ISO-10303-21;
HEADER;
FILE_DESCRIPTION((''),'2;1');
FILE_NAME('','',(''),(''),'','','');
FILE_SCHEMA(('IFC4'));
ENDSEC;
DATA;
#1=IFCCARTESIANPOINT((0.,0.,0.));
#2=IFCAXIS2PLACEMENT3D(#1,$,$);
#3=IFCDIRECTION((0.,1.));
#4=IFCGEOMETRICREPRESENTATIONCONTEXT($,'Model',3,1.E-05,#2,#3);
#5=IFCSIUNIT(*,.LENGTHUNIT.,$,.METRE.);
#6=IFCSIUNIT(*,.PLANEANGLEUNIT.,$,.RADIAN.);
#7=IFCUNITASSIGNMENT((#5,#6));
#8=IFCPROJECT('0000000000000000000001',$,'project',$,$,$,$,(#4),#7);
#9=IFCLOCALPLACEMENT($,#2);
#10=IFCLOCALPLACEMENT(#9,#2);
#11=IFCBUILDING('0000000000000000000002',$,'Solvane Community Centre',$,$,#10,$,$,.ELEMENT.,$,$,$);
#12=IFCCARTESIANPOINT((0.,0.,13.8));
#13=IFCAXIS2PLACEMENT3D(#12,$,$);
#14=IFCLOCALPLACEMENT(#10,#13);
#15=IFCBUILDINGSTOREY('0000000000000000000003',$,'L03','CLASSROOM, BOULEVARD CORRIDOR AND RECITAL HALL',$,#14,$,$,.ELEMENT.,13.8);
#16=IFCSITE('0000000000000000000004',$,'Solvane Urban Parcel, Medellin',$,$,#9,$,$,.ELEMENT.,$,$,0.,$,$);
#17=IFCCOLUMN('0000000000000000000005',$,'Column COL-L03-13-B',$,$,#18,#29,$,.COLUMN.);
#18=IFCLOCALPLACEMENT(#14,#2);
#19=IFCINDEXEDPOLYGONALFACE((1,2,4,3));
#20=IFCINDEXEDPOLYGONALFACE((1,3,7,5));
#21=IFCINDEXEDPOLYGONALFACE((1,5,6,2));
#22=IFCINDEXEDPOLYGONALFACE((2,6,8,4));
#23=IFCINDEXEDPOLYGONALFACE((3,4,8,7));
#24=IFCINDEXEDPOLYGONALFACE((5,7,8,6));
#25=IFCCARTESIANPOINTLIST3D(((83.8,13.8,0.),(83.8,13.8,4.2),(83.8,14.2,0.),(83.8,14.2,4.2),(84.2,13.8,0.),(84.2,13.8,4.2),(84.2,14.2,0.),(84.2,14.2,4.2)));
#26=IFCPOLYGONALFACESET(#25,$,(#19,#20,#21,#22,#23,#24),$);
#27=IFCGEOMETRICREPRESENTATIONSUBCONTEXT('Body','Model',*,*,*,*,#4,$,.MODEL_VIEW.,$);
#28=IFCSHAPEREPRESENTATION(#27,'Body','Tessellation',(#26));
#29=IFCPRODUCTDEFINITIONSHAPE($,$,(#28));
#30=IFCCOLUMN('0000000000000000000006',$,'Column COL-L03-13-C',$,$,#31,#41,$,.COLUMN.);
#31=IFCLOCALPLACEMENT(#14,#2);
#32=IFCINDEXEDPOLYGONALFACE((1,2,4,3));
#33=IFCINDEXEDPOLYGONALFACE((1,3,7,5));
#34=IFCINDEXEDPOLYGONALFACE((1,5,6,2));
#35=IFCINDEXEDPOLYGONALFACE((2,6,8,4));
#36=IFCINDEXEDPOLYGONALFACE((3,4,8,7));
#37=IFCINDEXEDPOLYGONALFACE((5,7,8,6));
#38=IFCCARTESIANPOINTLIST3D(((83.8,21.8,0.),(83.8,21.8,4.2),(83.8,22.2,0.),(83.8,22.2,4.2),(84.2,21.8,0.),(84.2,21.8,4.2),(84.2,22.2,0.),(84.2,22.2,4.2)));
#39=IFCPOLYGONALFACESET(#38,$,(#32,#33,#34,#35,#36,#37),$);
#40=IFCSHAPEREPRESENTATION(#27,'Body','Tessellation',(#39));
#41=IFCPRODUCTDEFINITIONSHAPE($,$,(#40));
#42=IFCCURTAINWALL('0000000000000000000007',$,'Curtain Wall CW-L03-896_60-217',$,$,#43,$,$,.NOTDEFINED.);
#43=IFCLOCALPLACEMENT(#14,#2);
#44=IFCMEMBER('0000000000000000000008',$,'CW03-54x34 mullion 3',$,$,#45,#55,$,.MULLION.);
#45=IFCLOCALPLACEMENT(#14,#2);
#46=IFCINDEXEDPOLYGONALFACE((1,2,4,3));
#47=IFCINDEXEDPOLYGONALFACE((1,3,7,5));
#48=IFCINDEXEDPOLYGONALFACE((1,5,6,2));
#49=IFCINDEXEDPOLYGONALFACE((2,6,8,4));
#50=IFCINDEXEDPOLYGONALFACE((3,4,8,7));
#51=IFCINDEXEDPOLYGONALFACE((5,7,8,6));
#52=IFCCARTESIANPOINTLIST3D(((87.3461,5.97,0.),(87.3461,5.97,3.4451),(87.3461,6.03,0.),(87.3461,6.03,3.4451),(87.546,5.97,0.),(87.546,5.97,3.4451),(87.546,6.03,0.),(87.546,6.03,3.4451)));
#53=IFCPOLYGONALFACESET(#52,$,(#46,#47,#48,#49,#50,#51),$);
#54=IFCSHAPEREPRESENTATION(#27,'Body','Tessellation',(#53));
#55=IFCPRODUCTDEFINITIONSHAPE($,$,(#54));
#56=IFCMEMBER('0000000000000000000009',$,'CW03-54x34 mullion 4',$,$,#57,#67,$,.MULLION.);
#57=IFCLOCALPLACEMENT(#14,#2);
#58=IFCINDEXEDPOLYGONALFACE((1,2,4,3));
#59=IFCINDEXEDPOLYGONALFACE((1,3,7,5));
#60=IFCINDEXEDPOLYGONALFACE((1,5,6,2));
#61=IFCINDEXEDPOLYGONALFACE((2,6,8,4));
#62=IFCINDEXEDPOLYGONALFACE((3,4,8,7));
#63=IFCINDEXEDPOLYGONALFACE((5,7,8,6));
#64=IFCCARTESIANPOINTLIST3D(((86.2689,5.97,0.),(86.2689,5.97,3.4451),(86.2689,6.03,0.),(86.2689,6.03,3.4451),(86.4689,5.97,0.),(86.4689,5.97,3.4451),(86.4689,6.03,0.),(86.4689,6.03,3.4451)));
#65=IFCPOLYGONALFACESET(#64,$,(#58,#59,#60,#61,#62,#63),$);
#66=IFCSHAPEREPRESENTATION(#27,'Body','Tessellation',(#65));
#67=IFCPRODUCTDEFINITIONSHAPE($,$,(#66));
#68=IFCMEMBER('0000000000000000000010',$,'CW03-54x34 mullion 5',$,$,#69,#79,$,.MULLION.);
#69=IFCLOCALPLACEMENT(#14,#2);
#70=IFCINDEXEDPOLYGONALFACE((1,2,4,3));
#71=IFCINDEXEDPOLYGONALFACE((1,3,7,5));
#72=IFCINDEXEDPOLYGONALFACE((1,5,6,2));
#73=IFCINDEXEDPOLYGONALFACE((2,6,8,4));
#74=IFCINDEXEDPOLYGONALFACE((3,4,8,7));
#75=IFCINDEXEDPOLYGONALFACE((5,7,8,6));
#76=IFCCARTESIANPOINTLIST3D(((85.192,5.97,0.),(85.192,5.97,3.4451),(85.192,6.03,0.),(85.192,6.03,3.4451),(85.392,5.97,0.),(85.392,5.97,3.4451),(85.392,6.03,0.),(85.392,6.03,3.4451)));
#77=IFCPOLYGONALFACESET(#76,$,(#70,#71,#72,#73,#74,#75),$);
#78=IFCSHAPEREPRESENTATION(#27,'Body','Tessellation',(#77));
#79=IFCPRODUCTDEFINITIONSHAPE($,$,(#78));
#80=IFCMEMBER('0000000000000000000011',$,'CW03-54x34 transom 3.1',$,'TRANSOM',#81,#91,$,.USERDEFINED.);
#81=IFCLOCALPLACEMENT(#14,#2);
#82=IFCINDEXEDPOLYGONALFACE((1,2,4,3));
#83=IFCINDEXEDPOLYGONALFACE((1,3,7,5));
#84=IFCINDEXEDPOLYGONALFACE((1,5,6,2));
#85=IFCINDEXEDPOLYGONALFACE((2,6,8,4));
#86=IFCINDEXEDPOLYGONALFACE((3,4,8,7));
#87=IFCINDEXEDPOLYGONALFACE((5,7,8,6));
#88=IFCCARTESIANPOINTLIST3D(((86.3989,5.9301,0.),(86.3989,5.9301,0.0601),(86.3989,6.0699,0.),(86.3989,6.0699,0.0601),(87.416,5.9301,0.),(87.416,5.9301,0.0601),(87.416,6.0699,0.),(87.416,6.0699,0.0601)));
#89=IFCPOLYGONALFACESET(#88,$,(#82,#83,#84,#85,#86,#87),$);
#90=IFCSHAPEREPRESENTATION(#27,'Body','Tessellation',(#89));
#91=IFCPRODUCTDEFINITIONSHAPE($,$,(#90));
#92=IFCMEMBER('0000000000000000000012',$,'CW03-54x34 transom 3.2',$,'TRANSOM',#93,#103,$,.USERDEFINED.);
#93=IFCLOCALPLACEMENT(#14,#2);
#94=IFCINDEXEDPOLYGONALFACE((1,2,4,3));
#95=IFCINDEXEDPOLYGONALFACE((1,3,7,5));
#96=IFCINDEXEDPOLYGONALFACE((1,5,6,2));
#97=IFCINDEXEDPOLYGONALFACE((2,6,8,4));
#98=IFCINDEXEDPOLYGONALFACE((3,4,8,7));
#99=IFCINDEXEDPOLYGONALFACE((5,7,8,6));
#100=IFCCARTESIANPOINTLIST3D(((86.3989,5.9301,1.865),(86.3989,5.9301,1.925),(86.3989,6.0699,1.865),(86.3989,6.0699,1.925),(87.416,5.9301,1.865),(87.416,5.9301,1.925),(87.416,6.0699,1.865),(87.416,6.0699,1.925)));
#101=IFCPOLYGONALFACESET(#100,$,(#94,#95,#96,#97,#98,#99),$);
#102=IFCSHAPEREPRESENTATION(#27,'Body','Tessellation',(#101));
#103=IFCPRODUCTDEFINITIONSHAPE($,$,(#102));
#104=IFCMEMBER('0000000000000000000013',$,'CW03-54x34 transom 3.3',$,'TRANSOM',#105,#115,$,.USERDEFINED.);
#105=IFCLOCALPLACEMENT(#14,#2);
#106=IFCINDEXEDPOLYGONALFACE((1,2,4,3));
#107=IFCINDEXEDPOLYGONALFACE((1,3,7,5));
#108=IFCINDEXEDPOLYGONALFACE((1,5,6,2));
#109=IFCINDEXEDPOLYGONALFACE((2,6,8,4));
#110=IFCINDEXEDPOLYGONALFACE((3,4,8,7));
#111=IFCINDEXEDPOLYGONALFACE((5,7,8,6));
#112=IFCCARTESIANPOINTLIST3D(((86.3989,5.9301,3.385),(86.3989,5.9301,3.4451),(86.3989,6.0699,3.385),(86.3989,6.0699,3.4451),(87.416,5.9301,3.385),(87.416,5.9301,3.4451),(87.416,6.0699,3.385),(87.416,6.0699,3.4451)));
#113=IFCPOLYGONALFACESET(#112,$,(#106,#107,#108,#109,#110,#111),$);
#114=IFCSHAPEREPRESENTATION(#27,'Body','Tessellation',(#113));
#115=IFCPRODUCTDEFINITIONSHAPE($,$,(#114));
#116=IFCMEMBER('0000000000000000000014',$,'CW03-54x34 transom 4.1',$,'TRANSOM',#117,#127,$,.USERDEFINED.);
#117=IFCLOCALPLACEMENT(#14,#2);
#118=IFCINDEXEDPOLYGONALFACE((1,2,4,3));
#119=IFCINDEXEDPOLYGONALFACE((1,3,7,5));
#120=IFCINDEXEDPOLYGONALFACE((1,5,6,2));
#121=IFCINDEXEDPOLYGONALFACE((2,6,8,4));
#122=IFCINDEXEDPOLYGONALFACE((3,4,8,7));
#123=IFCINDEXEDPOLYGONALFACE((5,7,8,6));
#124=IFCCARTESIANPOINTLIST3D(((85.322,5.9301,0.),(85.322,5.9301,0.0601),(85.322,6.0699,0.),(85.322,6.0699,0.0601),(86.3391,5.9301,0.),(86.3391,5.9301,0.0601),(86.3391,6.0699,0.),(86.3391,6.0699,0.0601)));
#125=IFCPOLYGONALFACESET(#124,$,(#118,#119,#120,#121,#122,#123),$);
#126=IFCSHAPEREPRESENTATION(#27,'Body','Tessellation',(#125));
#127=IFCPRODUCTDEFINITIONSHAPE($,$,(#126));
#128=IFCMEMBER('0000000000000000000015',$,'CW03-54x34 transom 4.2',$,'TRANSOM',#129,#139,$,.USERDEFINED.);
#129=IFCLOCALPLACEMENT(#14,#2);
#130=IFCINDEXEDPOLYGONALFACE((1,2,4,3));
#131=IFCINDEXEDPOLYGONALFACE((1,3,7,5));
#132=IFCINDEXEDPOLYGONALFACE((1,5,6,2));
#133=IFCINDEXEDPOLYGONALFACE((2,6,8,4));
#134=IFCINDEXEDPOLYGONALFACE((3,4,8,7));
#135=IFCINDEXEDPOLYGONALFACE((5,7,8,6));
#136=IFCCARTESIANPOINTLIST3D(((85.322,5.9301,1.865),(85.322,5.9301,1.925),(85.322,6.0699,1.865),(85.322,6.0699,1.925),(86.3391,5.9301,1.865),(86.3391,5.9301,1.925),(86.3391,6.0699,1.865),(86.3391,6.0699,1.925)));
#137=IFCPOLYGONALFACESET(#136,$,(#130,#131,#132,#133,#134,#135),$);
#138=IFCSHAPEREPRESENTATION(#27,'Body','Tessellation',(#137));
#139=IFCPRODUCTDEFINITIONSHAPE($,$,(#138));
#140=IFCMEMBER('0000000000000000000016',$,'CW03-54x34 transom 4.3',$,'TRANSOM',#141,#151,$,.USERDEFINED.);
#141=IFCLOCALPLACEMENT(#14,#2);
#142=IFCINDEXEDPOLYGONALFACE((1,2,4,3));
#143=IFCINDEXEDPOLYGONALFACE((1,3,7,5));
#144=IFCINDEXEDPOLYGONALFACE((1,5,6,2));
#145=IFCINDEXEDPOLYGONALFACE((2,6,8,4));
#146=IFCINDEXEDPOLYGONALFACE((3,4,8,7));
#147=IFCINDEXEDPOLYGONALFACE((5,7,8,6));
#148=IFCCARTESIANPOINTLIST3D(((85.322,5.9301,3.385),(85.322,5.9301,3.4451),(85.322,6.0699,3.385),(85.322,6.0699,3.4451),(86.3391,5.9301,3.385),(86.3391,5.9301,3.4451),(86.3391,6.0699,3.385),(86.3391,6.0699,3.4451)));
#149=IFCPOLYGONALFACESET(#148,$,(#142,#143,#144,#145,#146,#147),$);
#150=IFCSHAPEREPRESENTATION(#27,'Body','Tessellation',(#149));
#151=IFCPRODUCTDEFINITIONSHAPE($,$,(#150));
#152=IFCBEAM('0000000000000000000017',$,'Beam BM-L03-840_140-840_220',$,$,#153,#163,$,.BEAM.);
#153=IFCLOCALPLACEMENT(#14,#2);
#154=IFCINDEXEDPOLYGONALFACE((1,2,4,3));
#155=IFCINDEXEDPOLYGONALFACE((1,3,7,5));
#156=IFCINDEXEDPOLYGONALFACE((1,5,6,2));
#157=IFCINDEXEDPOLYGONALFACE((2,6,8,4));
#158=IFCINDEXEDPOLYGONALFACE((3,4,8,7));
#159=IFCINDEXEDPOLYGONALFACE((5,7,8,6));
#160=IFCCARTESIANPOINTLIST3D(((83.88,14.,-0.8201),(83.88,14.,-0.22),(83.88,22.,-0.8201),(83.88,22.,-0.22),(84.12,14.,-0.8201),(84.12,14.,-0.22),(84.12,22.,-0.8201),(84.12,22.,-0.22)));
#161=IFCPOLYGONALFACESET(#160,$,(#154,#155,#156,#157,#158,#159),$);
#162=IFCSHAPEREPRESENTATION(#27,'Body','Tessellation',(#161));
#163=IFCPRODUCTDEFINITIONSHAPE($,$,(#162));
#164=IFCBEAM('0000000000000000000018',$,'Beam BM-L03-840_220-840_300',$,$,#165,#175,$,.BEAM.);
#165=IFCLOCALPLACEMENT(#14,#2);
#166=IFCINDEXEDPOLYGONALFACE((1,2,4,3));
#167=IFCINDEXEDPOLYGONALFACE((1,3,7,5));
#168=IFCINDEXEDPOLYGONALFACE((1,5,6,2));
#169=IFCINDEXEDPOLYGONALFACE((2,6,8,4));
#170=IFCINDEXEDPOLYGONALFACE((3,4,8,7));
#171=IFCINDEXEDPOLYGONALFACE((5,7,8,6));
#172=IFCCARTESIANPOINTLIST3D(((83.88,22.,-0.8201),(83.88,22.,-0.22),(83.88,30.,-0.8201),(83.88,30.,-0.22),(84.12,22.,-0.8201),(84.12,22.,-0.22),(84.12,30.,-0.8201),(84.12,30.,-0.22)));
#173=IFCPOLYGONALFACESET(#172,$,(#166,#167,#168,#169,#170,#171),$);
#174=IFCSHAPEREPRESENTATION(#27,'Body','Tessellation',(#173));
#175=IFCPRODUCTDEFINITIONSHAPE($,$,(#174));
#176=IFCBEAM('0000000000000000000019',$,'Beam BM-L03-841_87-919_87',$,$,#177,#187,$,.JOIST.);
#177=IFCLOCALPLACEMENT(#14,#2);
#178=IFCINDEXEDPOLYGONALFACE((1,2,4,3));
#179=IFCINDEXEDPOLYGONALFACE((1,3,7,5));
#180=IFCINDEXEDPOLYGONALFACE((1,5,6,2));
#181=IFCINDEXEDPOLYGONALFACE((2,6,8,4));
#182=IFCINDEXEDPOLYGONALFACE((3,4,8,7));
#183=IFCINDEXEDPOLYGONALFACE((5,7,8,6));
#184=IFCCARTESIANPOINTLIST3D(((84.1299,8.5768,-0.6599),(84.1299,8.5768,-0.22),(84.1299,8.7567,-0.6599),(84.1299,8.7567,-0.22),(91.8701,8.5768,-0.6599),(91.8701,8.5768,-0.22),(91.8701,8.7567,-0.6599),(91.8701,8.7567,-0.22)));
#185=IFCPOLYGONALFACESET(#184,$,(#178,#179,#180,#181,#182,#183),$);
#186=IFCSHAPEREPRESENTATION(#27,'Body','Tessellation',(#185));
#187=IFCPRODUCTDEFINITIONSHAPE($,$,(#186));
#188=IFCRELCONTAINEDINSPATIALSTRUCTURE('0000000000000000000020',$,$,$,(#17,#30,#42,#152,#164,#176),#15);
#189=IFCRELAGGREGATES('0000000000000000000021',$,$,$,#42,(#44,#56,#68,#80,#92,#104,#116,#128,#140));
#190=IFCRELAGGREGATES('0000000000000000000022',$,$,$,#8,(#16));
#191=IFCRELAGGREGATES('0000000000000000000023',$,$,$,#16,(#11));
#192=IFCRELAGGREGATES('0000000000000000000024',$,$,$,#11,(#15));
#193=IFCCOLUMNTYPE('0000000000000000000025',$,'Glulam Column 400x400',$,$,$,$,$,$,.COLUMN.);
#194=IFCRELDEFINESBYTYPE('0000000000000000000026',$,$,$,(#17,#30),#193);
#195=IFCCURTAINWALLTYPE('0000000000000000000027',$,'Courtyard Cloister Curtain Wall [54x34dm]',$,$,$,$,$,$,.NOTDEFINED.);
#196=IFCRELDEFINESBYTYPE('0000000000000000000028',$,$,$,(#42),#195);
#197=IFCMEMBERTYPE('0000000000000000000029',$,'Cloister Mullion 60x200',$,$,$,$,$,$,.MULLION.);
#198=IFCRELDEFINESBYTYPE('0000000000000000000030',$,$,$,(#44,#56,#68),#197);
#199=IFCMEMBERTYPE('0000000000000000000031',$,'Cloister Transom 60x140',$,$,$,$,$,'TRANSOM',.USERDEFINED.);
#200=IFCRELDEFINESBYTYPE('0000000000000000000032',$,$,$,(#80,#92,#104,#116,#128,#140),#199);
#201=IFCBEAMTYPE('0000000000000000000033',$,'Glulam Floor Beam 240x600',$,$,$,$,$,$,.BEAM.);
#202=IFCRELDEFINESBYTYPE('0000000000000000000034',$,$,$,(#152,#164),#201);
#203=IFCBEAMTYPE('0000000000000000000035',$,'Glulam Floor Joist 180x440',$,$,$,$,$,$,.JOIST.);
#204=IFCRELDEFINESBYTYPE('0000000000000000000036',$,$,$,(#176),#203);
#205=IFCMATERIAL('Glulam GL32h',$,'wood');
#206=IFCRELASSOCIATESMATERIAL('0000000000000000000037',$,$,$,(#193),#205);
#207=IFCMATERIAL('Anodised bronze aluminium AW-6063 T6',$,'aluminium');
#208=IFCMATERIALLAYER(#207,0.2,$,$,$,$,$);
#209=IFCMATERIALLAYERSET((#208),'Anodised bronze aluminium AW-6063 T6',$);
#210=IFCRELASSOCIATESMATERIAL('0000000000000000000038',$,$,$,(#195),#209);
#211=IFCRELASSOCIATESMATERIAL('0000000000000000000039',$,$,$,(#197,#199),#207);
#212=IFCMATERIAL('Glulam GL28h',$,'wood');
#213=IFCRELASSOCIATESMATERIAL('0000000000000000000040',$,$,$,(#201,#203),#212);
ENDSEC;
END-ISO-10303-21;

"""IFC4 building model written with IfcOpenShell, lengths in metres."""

from ifc_helpers import new_model, si_unit, direction, frame, origin, origin_2d, place, context, subcontext, project, spatial, rectangle, extrude, material, layer, layer_set, material_profile, profile_set, type_object, element, aggregate, save


model = new_model("IFC4")

# Units and contexts
model_context = context("Model", 3, precision=1e-05, world=origin(), true_north=direction((0.0, 1.0)))
body_context = subcontext(model_context, "Body", "Model", "MODEL_VIEW")
ifc_project = project(units=[si_unit("LENGTHUNIT", "METRE"), si_unit("PLANEANGLEUNIT", "RADIAN")], contexts=[model_context])

# Site, building, storey
site_placement = place(None, origin())
site = spatial("IfcSite", under=ifc_project, at=site_placement, Name="Solvane Urban Parcel, Medellin", CompositionType="ELEMENT", RefElevation=0.0)
building_placement = place(site_placement, origin())
building = spatial("IfcBuilding", under=site, at=building_placement, Name="Solvane Community Centre", CompositionType="ELEMENT")
storey_placement = place(building_placement, frame((0.0, 0.0, 13.8)))
storey = spatial("IfcBuildingStorey", under=building, at=storey_placement, Name="L03", Description="CLASSROOM, BOULEVARD CORRIDOR AND RECITAL HALL", CompositionType="ELEMENT", Elevation=13.8)

# Columns
ifc_material_1 = material(Name="Glulam GL32h", Category="wood")
ifc_material_profile_1 = material_profile(ifc_material_1, rectangle(XDim=0.3999, YDim=0.3999, at=origin_2d()), Name="GL32h 400x400")
ifc_profile_set_1 = profile_set([ifc_material_profile_1], Name="Glulam GL32h")
column_type = type_object("IfcColumnType", Name="Glulam Column 400x400", PredefinedType="COLUMN", material=ifc_profile_set_1)
for number, where, z_axis, x_axis, name in (
    (1, (84.0, 14.0, 0.0), (0.0, 0.0, 1.0), (1.0, 0.0, 0.0), "Column COL-L03-13-B"),
    (2, (84.0, 22.0, 0.0), (0.0, 0.0, 1.0), (1.0, 0.0, 0.0), "Column COL-L03-13-C"),
):
    element("IfcColumn", number, at=place(storey_placement, frame(where, z_axis=z_axis, x_axis=x_axis)), inside=storey, type_object=column_type, Name=name, PredefinedType="COLUMN", context=body_context, shape_type="SweptSolid", body=[
        extrude(rectangle(XDim=0.3999, YDim=0.3999, at=origin_2d()), origin(), (0.0, 0.0, 1.0), 4.2),
    ])

# Curtain wall, members
ifc_material_2 = material(Name="Anodised bronze aluminium AW-6063 T6", Category="aluminium")
ifc_layer_1 = layer(ifc_material_2, 0.2)
ifc_layer_set_1 = layer_set([ifc_layer_1], Name="Anodised bronze aluminium AW-6063 T6")
curtain_wall_type = type_object("IfcCurtainWallType", Name="Courtyard Cloister Curtain Wall [54x34dm]", PredefinedType="NOTDEFINED", material=ifc_layer_set_1)
curtain_wall_placement = place(storey_placement, origin())
curtain_wall = element("IfcCurtainWall", 3, at=curtain_wall_placement, inside=storey, type_object=curtain_wall_type, Name="Curtain Wall CW-L03-896_60-217", PredefinedType="NOTDEFINED")
ifc_material_profile_2 = material_profile(ifc_material_2, rectangle(XDim=0.0601, YDim=0.2, at=origin_2d()), Name="CW-M 60x200")
ifc_profile_set_2 = profile_set([ifc_material_profile_2], Name="Anodised bronze aluminium AW-6063 T6")
member_type_1 = type_object("IfcMemberType", Name="Cloister Mullion 60x200", PredefinedType="MULLION", material=ifc_profile_set_2)
member_1_placement = place(storey_placement, frame((87.446, 6.0, 0.0), z_axis=(0.0, 0.0, 1.0), x_axis=(0.0, -1.0, 0.0)))
member_1 = element("IfcMember", 4, at=member_1_placement, type_object=member_type_1, Name="CW03-54x34 mullion 3", PredefinedType="MULLION", context=body_context, shape_type="SweptSolid", body=[
    extrude(rectangle(XDim=0.0601, YDim=0.2, at=origin_2d()), origin(), (0.0, 0.0, 1.0), 3.4451),
])
member_2_placement = place(storey_placement, frame((86.3689, 6.0, 0.0), z_axis=(0.0, 0.0, 1.0), x_axis=(0.0, -1.0, 0.0)))
member_2 = element("IfcMember", 5, at=member_2_placement, type_object=member_type_1, Name="CW03-54x34 mullion 4", PredefinedType="MULLION", context=body_context, shape_type="SweptSolid", body=[
    extrude(rectangle(XDim=0.0601, YDim=0.2, at=origin_2d()), origin(), (0.0, 0.0, 1.0), 3.4451),
])
member_3_placement = place(storey_placement, frame((85.292, 6.0, 0.0), z_axis=(0.0, 0.0, 1.0), x_axis=(0.0, -1.0, 0.0)))
member_3 = element("IfcMember", 6, at=member_3_placement, type_object=member_type_1, Name="CW03-54x34 mullion 5", PredefinedType="MULLION", context=body_context, shape_type="SweptSolid", body=[
    extrude(rectangle(XDim=0.0601, YDim=0.2, at=origin_2d()), origin(), (0.0, 0.0, 1.0), 3.4451),
])
ifc_material_profile_3 = material_profile(ifc_material_2, rectangle(XDim=0.1399, YDim=0.0601, at=origin_2d()), Name="CW-T 60x140")
ifc_profile_set_3 = profile_set([ifc_material_profile_3], Name="Anodised bronze aluminium AW-6063 T6")
member_type_2 = type_object("IfcMemberType", Name="Cloister Transom 60x140", ElementType="TRANSOM", PredefinedType="USERDEFINED", material=ifc_profile_set_3)
member_4_placement = place(storey_placement, frame((87.416, 6.0, 0.03), z_axis=(-1.0, 0.0, 0.0), x_axis=(0.0, -1.0, 0.0)))
member_4 = element("IfcMember", 7, at=member_4_placement, type_object=member_type_2, Name="CW03-54x34 transom 3.1", ObjectType="TRANSOM", PredefinedType="USERDEFINED", context=body_context, shape_type="SweptSolid", body=[
    extrude(rectangle(XDim=0.1399, YDim=0.0601, at=origin_2d()), origin(), (0.0, 0.0, 1.0), 1.0171),
])
member_5_placement = place(storey_placement, frame((87.416, 6.0, 1.895), z_axis=(-1.0, 0.0, 0.0), x_axis=(0.0, -1.0, 0.0)))
member_5 = element("IfcMember", 8, at=member_5_placement, type_object=member_type_2, Name="CW03-54x34 transom 3.2", ObjectType="TRANSOM", PredefinedType="USERDEFINED", context=body_context, shape_type="SweptSolid", body=[
    extrude(rectangle(XDim=0.1399, YDim=0.0601, at=origin_2d()), origin(), (0.0, 0.0, 1.0), 1.0171),
])
member_6_placement = place(storey_placement, frame((87.416, 6.0, 3.415), z_axis=(-1.0, 0.0, 0.0), x_axis=(0.0, -1.0, 0.0)))
member_6 = element("IfcMember", 9, at=member_6_placement, type_object=member_type_2, Name="CW03-54x34 transom 3.3", ObjectType="TRANSOM", PredefinedType="USERDEFINED", context=body_context, shape_type="SweptSolid", body=[
    extrude(rectangle(XDim=0.1399, YDim=0.0601, at=origin_2d()), origin(), (0.0, 0.0, 1.0), 1.0171),
])
member_7_placement = place(storey_placement, frame((86.3391, 6.0, 0.03), z_axis=(-1.0, 0.0, 0.0), x_axis=(0.0, -1.0, 0.0)))
member_7 = element("IfcMember", 10, at=member_7_placement, type_object=member_type_2, Name="CW03-54x34 transom 4.1", ObjectType="TRANSOM", PredefinedType="USERDEFINED", context=body_context, shape_type="SweptSolid", body=[
    extrude(rectangle(XDim=0.1399, YDim=0.0601, at=origin_2d()), origin(), (0.0, 0.0, 1.0), 1.0171),
])
member_8_placement = place(storey_placement, frame((86.3391, 6.0, 1.895), z_axis=(-1.0, 0.0, 0.0), x_axis=(0.0, -1.0, 0.0)))
member_8 = element("IfcMember", 11, at=member_8_placement, type_object=member_type_2, Name="CW03-54x34 transom 4.2", ObjectType="TRANSOM", PredefinedType="USERDEFINED", context=body_context, shape_type="SweptSolid", body=[
    extrude(rectangle(XDim=0.1399, YDim=0.0601, at=origin_2d()), origin(), (0.0, 0.0, 1.0), 1.0171),
])
member_9_placement = place(storey_placement, frame((86.3391, 6.0, 3.415), z_axis=(-1.0, 0.0, 0.0), x_axis=(0.0, -1.0, 0.0)))
member_9 = element("IfcMember", 12, at=member_9_placement, type_object=member_type_2, Name="CW03-54x34 transom 4.3", ObjectType="TRANSOM", PredefinedType="USERDEFINED", context=body_context, shape_type="SweptSolid", body=[
    extrude(rectangle(XDim=0.1399, YDim=0.0601, at=origin_2d()), origin(), (0.0, 0.0, 1.0), 1.0171),
])

# Beams
ifc_material_3 = material(Name="Glulam GL28h", Category="wood")
ifc_material_profile_4 = material_profile(ifc_material_3, rectangle(XDim=0.24, YDim=0.6001, at=origin_2d()), Name="GL28h 240x600")
ifc_profile_set_4 = profile_set([ifc_material_profile_4], Name="Glulam GL28h")
beam_type_1 = type_object("IfcBeamType", Name="Glulam Floor Beam 240x600", PredefinedType="BEAM", material=ifc_profile_set_4)
for number, where, z_axis, x_axis, name in (
    (13, (84.0, 14.0, -0.52), (0.0, 1.0, 0.0), (-1.0, 0.0, 0.0), "Beam BM-L03-840_140-840_220"),
    (14, (84.0, 22.0, -0.52), (0.0, 1.0, 0.0), (-1.0, 0.0, 0.0), "Beam BM-L03-840_220-840_300"),
):
    element("IfcBeam", number, at=place(storey_placement, frame(where, z_axis=z_axis, x_axis=x_axis)), inside=storey, type_object=beam_type_1, Name=name, PredefinedType="BEAM", context=body_context, shape_type="SweptSolid", body=[
        extrude(rectangle(XDim=0.24, YDim=0.6001, at=origin_2d()), origin(), (0.0, 0.0, 1.0), 8.0),
    ])
ifc_material_profile_5 = material_profile(ifc_material_3, rectangle(XDim=0.1799, YDim=0.4399, at=origin_2d()), Name="GL28h 180x440")
ifc_profile_set_5 = profile_set([ifc_material_profile_5], Name="Glulam GL28h")
beam_type_2 = type_object("IfcBeamType", Name="Glulam Floor Joist 180x440", PredefinedType="JOIST", material=ifc_profile_set_5)
for number, where, z_axis, x_axis, name in (
    (15, (84.1299, 8.6667, -0.4399), (1.0, 0.0, 0.0), (0.0, 1.0, 0.0), "Beam BM-L03-841_87-919_87"),
):
    element("IfcBeam", number, at=place(storey_placement, frame(where, z_axis=z_axis, x_axis=x_axis)), inside=storey, type_object=beam_type_2, Name=name, PredefinedType="JOIST", context=body_context, shape_type="SweptSolid", body=[
        extrude(rectangle(XDim=0.1799, YDim=0.4399, at=origin_2d()), origin(), (0.0, 0.0, 1.0), 7.7402),
    ])

aggregate(curtain_wall, [member_1, member_2, member_3, member_4, member_5, member_6, member_7, member_8, member_9])

save(model, "model.ifc")
